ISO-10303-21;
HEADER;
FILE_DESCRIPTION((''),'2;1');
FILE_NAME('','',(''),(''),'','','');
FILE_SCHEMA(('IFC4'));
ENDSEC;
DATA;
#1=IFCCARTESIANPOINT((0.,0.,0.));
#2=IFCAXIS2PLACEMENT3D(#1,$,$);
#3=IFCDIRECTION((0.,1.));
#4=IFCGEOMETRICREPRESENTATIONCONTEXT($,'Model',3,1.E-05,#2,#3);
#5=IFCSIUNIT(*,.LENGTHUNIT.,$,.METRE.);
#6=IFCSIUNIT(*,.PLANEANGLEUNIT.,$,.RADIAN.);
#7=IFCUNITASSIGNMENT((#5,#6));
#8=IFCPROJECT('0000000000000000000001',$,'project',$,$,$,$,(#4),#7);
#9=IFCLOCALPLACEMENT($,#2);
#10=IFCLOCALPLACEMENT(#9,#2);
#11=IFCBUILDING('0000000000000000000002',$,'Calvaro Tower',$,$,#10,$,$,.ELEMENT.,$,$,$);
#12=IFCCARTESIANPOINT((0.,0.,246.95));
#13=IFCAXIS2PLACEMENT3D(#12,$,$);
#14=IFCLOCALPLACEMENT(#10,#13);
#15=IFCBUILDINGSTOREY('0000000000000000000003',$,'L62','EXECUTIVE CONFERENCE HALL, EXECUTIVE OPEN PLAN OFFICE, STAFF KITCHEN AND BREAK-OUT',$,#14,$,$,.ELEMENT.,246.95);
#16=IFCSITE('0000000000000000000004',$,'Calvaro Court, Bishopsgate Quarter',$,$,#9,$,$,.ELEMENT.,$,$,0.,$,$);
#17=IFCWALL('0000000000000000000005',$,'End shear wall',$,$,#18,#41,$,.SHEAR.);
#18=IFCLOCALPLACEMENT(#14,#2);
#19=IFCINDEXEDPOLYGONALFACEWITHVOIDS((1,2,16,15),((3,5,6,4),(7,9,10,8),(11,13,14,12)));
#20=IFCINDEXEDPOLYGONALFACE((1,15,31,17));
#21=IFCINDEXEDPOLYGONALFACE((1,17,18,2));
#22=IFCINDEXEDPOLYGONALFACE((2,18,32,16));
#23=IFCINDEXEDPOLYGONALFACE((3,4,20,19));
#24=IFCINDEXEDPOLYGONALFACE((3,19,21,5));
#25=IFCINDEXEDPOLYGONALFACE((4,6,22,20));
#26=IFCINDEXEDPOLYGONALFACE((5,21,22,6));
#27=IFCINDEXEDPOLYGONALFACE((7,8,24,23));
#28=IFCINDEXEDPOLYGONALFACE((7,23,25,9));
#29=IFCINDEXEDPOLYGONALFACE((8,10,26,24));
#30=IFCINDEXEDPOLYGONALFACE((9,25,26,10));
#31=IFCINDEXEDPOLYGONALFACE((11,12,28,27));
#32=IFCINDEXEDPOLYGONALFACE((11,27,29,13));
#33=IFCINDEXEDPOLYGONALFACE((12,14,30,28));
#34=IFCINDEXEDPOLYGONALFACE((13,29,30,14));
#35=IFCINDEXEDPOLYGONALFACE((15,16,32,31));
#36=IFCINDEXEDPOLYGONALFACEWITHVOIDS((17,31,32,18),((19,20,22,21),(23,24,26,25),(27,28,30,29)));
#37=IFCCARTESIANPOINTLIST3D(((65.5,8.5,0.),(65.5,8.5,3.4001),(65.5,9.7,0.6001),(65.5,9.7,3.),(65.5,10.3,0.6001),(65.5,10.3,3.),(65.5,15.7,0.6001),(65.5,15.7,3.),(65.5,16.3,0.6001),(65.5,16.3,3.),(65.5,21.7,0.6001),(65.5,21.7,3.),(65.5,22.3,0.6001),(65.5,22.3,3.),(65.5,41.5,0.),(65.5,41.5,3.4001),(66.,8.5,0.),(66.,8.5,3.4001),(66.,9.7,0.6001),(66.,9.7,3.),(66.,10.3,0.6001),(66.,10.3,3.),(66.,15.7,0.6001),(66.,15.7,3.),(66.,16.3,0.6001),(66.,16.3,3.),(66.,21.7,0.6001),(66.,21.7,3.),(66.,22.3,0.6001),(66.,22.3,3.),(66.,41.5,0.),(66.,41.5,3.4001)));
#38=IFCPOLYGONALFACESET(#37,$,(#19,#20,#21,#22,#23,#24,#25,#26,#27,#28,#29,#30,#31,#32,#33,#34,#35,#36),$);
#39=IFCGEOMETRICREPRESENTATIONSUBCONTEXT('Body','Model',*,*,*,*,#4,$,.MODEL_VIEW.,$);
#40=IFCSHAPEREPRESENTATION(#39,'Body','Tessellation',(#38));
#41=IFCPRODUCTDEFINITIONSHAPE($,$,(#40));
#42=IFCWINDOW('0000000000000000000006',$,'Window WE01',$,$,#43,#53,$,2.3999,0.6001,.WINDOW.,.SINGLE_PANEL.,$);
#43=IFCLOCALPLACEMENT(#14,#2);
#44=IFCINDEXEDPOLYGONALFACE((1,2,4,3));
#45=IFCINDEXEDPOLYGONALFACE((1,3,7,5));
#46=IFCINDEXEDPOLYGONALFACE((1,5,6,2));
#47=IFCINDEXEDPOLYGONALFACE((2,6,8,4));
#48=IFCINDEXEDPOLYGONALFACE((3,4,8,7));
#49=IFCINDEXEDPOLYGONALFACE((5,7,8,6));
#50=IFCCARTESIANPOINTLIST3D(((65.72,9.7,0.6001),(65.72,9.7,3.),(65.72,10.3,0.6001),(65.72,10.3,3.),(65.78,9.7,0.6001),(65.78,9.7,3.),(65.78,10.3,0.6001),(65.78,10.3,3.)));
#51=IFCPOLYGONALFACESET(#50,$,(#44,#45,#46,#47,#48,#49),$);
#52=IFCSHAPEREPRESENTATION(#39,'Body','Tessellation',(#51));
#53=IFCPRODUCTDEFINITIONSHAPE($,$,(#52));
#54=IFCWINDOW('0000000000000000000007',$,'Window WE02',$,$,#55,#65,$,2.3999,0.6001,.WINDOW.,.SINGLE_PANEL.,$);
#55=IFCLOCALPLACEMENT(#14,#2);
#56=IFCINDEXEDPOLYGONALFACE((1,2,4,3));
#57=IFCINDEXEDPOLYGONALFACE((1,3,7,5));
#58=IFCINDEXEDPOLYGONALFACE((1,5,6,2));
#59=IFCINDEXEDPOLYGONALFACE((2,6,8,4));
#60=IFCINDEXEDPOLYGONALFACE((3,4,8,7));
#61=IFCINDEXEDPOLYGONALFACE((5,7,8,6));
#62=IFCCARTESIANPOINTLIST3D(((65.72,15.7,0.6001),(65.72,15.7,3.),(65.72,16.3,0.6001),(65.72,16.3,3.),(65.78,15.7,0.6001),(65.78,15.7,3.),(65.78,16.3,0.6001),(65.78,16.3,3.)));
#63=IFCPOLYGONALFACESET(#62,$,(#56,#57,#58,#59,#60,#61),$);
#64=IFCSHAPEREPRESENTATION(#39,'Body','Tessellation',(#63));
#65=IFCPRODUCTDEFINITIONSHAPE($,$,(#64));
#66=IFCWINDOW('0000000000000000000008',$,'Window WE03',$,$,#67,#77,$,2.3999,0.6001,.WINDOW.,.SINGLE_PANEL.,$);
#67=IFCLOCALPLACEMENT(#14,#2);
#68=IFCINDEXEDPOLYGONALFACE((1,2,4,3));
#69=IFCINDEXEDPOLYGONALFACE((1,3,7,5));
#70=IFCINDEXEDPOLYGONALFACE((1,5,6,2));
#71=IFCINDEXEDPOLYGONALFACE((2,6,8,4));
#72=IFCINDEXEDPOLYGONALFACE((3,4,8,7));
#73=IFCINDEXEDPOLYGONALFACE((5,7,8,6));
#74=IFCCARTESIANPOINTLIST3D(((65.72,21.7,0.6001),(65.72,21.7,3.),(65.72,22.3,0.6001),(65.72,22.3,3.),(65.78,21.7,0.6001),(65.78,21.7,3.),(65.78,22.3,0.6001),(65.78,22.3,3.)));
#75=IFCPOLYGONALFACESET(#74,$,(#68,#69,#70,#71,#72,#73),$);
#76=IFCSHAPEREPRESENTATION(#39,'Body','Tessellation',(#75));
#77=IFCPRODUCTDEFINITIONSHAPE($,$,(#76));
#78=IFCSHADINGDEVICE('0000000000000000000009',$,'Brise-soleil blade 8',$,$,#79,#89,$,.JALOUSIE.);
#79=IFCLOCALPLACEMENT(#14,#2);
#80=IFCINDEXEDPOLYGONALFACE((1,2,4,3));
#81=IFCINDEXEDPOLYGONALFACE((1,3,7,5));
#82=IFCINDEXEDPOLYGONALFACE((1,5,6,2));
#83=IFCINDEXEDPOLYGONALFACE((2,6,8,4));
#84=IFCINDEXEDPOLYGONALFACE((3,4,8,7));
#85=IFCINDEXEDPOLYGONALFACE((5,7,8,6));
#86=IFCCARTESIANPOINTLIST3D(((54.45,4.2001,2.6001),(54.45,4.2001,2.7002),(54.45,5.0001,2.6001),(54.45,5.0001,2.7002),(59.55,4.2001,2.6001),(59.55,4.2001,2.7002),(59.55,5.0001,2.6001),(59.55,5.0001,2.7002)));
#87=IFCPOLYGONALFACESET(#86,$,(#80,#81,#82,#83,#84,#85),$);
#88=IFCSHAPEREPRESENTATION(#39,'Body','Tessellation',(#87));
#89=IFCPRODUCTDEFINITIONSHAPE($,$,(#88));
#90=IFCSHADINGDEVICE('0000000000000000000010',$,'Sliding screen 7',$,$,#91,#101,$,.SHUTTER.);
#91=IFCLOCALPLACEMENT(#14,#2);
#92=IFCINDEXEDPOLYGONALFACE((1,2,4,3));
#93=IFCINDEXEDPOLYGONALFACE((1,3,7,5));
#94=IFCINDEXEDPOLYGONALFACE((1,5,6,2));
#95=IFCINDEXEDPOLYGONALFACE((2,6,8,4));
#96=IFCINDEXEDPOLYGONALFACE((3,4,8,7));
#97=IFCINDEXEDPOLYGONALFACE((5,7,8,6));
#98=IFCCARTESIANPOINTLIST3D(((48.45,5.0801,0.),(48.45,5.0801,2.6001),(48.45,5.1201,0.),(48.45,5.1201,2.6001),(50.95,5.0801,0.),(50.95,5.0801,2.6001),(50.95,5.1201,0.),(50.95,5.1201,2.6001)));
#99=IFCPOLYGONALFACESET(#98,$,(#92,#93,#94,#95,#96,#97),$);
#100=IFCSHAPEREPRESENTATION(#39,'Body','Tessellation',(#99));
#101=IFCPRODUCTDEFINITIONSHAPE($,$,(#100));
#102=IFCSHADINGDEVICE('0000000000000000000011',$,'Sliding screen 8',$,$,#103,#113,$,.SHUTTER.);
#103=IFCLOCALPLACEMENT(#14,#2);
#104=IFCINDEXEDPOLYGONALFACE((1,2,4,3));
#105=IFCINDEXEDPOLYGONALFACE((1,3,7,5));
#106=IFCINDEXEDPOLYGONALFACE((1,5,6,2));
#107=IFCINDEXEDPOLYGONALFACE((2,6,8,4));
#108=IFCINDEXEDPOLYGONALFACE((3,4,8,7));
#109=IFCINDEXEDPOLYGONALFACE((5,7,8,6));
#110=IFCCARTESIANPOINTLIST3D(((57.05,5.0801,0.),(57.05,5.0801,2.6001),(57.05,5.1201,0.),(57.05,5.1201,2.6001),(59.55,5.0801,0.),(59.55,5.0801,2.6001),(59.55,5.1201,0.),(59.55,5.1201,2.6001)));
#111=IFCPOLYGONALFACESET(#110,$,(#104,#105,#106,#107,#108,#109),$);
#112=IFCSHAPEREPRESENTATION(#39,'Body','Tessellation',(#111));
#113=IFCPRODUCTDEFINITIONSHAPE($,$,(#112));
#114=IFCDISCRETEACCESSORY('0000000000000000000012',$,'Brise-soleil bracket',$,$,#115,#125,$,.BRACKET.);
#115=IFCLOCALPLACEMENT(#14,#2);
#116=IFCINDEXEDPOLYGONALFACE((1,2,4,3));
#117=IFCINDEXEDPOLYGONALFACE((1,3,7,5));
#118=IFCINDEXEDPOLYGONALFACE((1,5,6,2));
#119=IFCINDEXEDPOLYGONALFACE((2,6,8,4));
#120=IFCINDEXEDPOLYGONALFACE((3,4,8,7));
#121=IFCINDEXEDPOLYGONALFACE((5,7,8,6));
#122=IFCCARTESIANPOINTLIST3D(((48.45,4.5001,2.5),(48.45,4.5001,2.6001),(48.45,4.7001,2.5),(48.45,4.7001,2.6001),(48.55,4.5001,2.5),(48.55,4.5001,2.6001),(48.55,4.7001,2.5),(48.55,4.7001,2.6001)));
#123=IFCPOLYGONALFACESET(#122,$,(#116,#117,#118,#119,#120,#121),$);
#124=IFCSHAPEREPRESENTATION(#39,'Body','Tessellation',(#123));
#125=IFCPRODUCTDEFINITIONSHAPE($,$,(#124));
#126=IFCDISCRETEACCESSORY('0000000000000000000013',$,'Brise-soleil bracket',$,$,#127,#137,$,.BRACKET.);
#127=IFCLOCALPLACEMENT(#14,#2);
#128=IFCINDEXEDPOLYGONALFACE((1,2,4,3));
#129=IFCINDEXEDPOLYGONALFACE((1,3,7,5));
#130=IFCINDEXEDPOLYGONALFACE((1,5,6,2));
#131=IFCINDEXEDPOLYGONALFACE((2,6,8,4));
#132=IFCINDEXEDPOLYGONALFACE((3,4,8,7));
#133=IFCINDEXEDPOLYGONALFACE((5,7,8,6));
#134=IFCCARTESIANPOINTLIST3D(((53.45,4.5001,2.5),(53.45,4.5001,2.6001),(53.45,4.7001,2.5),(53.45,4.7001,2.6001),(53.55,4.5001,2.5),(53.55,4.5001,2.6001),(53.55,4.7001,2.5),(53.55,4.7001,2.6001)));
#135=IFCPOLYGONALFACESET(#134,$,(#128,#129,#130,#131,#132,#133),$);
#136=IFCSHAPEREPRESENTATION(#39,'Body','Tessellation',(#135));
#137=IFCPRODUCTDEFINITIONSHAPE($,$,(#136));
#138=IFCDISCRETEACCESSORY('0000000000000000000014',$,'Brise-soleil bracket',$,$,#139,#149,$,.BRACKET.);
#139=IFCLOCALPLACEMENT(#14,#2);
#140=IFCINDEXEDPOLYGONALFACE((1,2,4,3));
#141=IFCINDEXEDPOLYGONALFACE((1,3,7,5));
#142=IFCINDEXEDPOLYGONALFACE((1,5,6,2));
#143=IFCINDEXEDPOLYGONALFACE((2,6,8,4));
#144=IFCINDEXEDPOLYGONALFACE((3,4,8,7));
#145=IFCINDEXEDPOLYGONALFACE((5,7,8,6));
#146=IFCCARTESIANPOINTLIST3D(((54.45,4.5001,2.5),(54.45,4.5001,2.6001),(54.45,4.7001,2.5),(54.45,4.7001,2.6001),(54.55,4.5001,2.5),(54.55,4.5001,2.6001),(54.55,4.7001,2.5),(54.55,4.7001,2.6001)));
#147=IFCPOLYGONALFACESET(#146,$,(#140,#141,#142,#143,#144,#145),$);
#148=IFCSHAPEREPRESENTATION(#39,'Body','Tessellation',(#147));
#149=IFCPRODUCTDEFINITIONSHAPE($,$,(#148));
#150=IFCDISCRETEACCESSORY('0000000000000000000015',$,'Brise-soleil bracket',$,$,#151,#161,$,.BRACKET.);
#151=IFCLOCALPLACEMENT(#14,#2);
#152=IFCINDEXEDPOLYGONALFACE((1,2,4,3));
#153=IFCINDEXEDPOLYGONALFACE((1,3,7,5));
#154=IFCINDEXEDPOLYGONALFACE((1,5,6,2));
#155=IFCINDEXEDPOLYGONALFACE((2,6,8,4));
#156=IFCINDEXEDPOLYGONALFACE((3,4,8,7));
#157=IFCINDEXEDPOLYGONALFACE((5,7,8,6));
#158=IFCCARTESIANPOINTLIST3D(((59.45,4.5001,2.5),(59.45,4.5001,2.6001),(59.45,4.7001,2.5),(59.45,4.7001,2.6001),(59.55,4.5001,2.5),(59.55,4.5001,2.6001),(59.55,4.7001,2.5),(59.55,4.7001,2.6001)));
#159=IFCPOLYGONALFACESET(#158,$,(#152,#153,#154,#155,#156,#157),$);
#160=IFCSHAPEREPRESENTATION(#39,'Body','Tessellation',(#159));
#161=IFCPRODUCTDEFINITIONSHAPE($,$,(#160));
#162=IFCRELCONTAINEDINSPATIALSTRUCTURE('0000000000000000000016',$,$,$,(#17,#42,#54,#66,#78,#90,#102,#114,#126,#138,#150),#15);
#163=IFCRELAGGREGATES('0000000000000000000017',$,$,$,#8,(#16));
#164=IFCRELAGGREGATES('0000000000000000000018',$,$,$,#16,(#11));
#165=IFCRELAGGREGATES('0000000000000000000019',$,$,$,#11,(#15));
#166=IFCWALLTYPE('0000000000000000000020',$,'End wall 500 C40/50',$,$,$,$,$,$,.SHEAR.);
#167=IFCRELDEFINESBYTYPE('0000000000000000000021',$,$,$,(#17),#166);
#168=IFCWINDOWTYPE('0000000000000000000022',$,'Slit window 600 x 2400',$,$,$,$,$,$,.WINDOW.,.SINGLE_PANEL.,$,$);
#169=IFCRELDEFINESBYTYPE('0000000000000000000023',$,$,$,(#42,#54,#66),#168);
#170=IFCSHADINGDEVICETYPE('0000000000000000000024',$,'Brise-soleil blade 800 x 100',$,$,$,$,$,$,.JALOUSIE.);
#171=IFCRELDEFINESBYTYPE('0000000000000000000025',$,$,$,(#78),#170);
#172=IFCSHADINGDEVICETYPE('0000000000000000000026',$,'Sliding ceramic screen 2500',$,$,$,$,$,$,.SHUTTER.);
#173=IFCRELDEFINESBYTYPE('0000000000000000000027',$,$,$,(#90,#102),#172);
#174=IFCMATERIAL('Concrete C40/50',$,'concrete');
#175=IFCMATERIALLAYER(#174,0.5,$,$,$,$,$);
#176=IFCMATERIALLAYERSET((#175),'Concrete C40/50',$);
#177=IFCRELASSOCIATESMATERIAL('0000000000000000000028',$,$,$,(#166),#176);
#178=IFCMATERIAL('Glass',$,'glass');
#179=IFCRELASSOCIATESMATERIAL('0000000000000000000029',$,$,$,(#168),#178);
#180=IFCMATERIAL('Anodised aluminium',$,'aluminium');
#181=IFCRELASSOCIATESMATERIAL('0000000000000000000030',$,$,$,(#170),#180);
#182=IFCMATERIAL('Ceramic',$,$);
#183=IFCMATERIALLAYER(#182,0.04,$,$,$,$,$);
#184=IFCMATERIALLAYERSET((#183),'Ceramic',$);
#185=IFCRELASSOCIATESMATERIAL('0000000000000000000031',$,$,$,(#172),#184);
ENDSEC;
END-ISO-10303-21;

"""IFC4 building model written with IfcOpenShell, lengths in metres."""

from ifc_helpers import new_model, si_unit, direction, frame, frame_2d, origin, origin_2d, place, context, subcontext, project, spatial, rectangle, extrude, material, layer, layer_set, material_profile, profile_set, type_object, element, fill, save


model = new_model("IFC4")

# Units and contexts
model_context = context("Model", 3, precision=1e-05, world=origin(), true_north=direction((0.0, 1.0)))
body_context = subcontext(model_context, "Body", "Model", "MODEL_VIEW")
ifc_project = project(units=[si_unit("LENGTHUNIT", "METRE"), si_unit("PLANEANGLEUNIT", "RADIAN")], contexts=[model_context])

# Site, building, storey
site_placement = place(None, origin())
site = spatial("IfcSite", under=ifc_project, at=site_placement, Name="Calvaro Court, Bishopsgate Quarter", CompositionType="ELEMENT", RefElevation=0.0)
building_placement = place(site_placement, origin())
building = spatial("IfcBuilding", under=site, at=building_placement, Name="Calvaro Tower", CompositionType="ELEMENT")
storey_placement = place(building_placement, frame((0.0, 0.0, 246.95)))
storey = spatial("IfcBuildingStorey", under=building, at=storey_placement, Name="L62", Description="EXECUTIVE CONFERENCE HALL, EXECUTIVE OPEN PLAN OFFICE, STAFF KITCHEN AND BREAK-OUT", CompositionType="ELEMENT", Elevation=246.95)

# Wall, openings, windows
ifc_material_1 = material(Name="Concrete C40/50", Category="concrete")
ifc_layer_1 = layer(ifc_material_1, 0.5)
ifc_layer_set_1 = layer_set([ifc_layer_1], Name="Concrete C40/50")
wall_type = type_object("IfcWallType", Name="End wall 500 C40/50", PredefinedType="SHEAR", material=ifc_layer_set_1)
wall_placement = place(storey_placement, frame((65.75, 8.5, 0.0), z_axis=(0.0, 0.0, 1.0), x_axis=(0.0, 1.0, 0.0)))
wall = element("IfcWall", 1, at=wall_placement, inside=storey, type_object=wall_type, Name="End shear wall", PredefinedType="SHEAR", context=body_context, shape_type="SweptSolid", body=[
    extrude(rectangle(XDim=33.0, YDim=0.5, at=frame_2d((16.5, 0.0))), origin(), (0.0, 0.0, 1.0), 3.4001),
])
opening_1_placement = place(wall_placement, frame((1.2, 0.0, 0.6001)))
opening_1 = element("IfcOpeningElement", 2, at=opening_1_placement, cuts=wall, PredefinedType="OPENING", context=body_context, shape_type="SweptSolid", body=[
    extrude(rectangle(XDim=0.6001, YDim=2.3999, at=frame_2d((0.3, 1.2))), frame((0.0, 0.26, 0.0), z_axis=(0.0, -1.0, 0.0), x_axis=(1.0, 0.0, 0.0)), (0.0, 0.0, 1.0), 0.52),
])
opening_2_placement = place(wall_placement, frame((7.2, 0.0, 0.6001)))
opening_2 = element("IfcOpeningElement", 3, at=opening_2_placement, cuts=wall, PredefinedType="OPENING", context=body_context, shape_type="SweptSolid", body=[
    extrude(rectangle(XDim=0.6001, YDim=2.3999, at=frame_2d((0.3, 1.2))), frame((0.0, 0.26, 0.0), z_axis=(0.0, -1.0, 0.0), x_axis=(1.0, 0.0, 0.0)), (0.0, 0.0, 1.0), 0.52),
])
opening_3_placement = place(wall_placement, frame((13.2, 0.0, 0.6001)))
opening_3 = element("IfcOpeningElement", 4, at=opening_3_placement, cuts=wall, PredefinedType="OPENING", context=body_context, shape_type="SweptSolid", body=[
    extrude(rectangle(XDim=0.6001, YDim=2.3999, at=frame_2d((0.3, 1.2))), frame((0.0, 0.26, 0.0), z_axis=(0.0, -1.0, 0.0), x_axis=(1.0, 0.0, 0.0)), (0.0, 0.0, 1.0), 0.52),
])
ifc_material_2 = material(Name="Glass", Category="glass")
window_type = type_object("IfcWindowType", Name="Slit window 600 x 2400", PartitioningType="SINGLE_PANEL", PredefinedType="WINDOW", material=ifc_material_2)
window_1_placement = place(opening_1_placement, origin())
window_1 = element("IfcWindow", 5, at=window_1_placement, inside=storey, type_object=window_type, Name="Window WE01", OverallHeight=2.3999, OverallWidth=0.6001, PartitioningType="SINGLE_PANEL", PredefinedType="WINDOW", context=body_context, shape_type="SweptSolid", body=[
    extrude(rectangle(XDim=0.6001, YDim=2.3999, at=frame_2d((0.3, 1.2))), frame((0.0, 0.03, 0.0), z_axis=(0.0, -1.0, 0.0), x_axis=(1.0, 0.0, 0.0)), (0.0, 0.0, 1.0), 0.0601),
])
fill(opening_1, window_1)
window_2_placement = place(opening_2_placement, origin())
window_2 = element("IfcWindow", 6, at=window_2_placement, inside=storey, type_object=window_type, Name="Window WE02", OverallHeight=2.3999, OverallWidth=0.6001, PartitioningType="SINGLE_PANEL", PredefinedType="WINDOW", context=body_context, shape_type="SweptSolid", body=[
    extrude(rectangle(XDim=0.6001, YDim=2.3999, at=frame_2d((0.3, 1.2))), frame((0.0, 0.03, 0.0), z_axis=(0.0, -1.0, 0.0), x_axis=(1.0, 0.0, 0.0)), (0.0, 0.0, 1.0), 0.0601),
])
fill(opening_2, window_2)
window_3_placement = place(opening_3_placement, origin())
window_3 = element("IfcWindow", 7, at=window_3_placement, inside=storey, type_object=window_type, Name="Window WE03", OverallHeight=2.3999, OverallWidth=0.6001, PartitioningType="SINGLE_PANEL", PredefinedType="WINDOW", context=body_context, shape_type="SweptSolid", body=[
    extrude(rectangle(XDim=0.6001, YDim=2.3999, at=frame_2d((0.3, 1.2))), frame((0.0, 0.03, 0.0), z_axis=(0.0, -1.0, 0.0), x_axis=(1.0, 0.0, 0.0)), (0.0, 0.0, 1.0), 0.0601),
])
fill(opening_3, window_3)

# Shading devices
ifc_material_3 = material(Name="Anodised aluminium", Category="aluminium")
ifc_material_profile_1 = material_profile(ifc_material_3, rectangle(XDim=0.8, YDim=0.1001, at=origin_2d()), Name="Brise-soleil blade 800 x 100")
ifc_profile_set_1 = profile_set([ifc_material_profile_1], Name="Anodised aluminium")
shading_device_type_1 = type_object("IfcShadingDeviceType", Name="Brise-soleil blade 800 x 100", PredefinedType="JALOUSIE", material=ifc_profile_set_1)
shading_device_placement = place(storey_placement, frame((54.45, 4.6001, 2.6501), z_axis=(1.0, 0.0, 0.0), x_axis=(0.0, 1.0, 0.0)))
element("IfcShadingDevice", 8, at=shading_device_placement, inside=storey, type_object=shading_device_type_1, Name="Brise-soleil blade 8", PredefinedType="JALOUSIE", context=body_context, shape_type="SweptSolid", body=[
    extrude(rectangle(XDim=0.8, YDim=0.1001, at=origin_2d()), origin(), (0.0, 0.0, 1.0), 5.1001),
])
ifc_material_4 = material(Name="Ceramic")
ifc_layer_2 = layer(ifc_material_4, 0.04)
ifc_layer_set_2 = layer_set([ifc_layer_2], Name="Ceramic")
shading_device_type_2 = type_object("IfcShadingDeviceType", Name="Sliding ceramic screen 2500", PredefinedType="SHUTTER", material=ifc_layer_set_2)
for number, where, z_axis, x_axis, name in (
    (9, (49.7, 5.1001, 0.0), (0.0, 0.0, 1.0), (1.0, 0.0, 0.0), "Sliding screen 7"),
    (10, (58.3, 5.1001, 0.0), (0.0, 0.0, 1.0), (1.0, 0.0, 0.0), "Sliding screen 8"),
):
    element("IfcShadingDevice", number, at=place(storey_placement, frame(where, z_axis=z_axis, x_axis=x_axis)), inside=storey, type_object=shading_device_type_2, Name=name, PredefinedType="SHUTTER", context=body_context, shape_type="SweptSolid", body=[
        extrude(rectangle(XDim=2.5, YDim=0.04, at=origin_2d()), origin(), (0.0, 0.0, 1.0), 2.6001),
    ])

# Discrete accessories
for number, where, z_axis, x_axis, name in (
    (11, (48.5, 4.6001, 2.5), (0.0, 0.0, 1.0), (1.0, 0.0, 0.0), "Brise-soleil bracket"),
    (12, (53.5, 4.6001, 2.5), (0.0, 0.0, 1.0), (1.0, 0.0, 0.0), "Brise-soleil bracket"),
    (13, (54.5, 4.6001, 2.5), (0.0, 0.0, 1.0), (1.0, 0.0, 0.0), "Brise-soleil bracket"),
    (14, (59.5, 4.6001, 2.5), (0.0, 0.0, 1.0), (1.0, 0.0, 0.0), "Brise-soleil bracket"),
):
    element("IfcDiscreteAccessory", number, at=place(storey_placement, frame(where, z_axis=z_axis, x_axis=x_axis)), inside=storey, Name=name, PredefinedType="BRACKET", context=body_context, shape_type="SweptSolid", body=[
        extrude(rectangle(XDim=0.1001, YDim=0.2, at=origin_2d()), origin(), (0.0, 0.0, 1.0), 0.1001),
    ])

save(model, "model.ifc")
